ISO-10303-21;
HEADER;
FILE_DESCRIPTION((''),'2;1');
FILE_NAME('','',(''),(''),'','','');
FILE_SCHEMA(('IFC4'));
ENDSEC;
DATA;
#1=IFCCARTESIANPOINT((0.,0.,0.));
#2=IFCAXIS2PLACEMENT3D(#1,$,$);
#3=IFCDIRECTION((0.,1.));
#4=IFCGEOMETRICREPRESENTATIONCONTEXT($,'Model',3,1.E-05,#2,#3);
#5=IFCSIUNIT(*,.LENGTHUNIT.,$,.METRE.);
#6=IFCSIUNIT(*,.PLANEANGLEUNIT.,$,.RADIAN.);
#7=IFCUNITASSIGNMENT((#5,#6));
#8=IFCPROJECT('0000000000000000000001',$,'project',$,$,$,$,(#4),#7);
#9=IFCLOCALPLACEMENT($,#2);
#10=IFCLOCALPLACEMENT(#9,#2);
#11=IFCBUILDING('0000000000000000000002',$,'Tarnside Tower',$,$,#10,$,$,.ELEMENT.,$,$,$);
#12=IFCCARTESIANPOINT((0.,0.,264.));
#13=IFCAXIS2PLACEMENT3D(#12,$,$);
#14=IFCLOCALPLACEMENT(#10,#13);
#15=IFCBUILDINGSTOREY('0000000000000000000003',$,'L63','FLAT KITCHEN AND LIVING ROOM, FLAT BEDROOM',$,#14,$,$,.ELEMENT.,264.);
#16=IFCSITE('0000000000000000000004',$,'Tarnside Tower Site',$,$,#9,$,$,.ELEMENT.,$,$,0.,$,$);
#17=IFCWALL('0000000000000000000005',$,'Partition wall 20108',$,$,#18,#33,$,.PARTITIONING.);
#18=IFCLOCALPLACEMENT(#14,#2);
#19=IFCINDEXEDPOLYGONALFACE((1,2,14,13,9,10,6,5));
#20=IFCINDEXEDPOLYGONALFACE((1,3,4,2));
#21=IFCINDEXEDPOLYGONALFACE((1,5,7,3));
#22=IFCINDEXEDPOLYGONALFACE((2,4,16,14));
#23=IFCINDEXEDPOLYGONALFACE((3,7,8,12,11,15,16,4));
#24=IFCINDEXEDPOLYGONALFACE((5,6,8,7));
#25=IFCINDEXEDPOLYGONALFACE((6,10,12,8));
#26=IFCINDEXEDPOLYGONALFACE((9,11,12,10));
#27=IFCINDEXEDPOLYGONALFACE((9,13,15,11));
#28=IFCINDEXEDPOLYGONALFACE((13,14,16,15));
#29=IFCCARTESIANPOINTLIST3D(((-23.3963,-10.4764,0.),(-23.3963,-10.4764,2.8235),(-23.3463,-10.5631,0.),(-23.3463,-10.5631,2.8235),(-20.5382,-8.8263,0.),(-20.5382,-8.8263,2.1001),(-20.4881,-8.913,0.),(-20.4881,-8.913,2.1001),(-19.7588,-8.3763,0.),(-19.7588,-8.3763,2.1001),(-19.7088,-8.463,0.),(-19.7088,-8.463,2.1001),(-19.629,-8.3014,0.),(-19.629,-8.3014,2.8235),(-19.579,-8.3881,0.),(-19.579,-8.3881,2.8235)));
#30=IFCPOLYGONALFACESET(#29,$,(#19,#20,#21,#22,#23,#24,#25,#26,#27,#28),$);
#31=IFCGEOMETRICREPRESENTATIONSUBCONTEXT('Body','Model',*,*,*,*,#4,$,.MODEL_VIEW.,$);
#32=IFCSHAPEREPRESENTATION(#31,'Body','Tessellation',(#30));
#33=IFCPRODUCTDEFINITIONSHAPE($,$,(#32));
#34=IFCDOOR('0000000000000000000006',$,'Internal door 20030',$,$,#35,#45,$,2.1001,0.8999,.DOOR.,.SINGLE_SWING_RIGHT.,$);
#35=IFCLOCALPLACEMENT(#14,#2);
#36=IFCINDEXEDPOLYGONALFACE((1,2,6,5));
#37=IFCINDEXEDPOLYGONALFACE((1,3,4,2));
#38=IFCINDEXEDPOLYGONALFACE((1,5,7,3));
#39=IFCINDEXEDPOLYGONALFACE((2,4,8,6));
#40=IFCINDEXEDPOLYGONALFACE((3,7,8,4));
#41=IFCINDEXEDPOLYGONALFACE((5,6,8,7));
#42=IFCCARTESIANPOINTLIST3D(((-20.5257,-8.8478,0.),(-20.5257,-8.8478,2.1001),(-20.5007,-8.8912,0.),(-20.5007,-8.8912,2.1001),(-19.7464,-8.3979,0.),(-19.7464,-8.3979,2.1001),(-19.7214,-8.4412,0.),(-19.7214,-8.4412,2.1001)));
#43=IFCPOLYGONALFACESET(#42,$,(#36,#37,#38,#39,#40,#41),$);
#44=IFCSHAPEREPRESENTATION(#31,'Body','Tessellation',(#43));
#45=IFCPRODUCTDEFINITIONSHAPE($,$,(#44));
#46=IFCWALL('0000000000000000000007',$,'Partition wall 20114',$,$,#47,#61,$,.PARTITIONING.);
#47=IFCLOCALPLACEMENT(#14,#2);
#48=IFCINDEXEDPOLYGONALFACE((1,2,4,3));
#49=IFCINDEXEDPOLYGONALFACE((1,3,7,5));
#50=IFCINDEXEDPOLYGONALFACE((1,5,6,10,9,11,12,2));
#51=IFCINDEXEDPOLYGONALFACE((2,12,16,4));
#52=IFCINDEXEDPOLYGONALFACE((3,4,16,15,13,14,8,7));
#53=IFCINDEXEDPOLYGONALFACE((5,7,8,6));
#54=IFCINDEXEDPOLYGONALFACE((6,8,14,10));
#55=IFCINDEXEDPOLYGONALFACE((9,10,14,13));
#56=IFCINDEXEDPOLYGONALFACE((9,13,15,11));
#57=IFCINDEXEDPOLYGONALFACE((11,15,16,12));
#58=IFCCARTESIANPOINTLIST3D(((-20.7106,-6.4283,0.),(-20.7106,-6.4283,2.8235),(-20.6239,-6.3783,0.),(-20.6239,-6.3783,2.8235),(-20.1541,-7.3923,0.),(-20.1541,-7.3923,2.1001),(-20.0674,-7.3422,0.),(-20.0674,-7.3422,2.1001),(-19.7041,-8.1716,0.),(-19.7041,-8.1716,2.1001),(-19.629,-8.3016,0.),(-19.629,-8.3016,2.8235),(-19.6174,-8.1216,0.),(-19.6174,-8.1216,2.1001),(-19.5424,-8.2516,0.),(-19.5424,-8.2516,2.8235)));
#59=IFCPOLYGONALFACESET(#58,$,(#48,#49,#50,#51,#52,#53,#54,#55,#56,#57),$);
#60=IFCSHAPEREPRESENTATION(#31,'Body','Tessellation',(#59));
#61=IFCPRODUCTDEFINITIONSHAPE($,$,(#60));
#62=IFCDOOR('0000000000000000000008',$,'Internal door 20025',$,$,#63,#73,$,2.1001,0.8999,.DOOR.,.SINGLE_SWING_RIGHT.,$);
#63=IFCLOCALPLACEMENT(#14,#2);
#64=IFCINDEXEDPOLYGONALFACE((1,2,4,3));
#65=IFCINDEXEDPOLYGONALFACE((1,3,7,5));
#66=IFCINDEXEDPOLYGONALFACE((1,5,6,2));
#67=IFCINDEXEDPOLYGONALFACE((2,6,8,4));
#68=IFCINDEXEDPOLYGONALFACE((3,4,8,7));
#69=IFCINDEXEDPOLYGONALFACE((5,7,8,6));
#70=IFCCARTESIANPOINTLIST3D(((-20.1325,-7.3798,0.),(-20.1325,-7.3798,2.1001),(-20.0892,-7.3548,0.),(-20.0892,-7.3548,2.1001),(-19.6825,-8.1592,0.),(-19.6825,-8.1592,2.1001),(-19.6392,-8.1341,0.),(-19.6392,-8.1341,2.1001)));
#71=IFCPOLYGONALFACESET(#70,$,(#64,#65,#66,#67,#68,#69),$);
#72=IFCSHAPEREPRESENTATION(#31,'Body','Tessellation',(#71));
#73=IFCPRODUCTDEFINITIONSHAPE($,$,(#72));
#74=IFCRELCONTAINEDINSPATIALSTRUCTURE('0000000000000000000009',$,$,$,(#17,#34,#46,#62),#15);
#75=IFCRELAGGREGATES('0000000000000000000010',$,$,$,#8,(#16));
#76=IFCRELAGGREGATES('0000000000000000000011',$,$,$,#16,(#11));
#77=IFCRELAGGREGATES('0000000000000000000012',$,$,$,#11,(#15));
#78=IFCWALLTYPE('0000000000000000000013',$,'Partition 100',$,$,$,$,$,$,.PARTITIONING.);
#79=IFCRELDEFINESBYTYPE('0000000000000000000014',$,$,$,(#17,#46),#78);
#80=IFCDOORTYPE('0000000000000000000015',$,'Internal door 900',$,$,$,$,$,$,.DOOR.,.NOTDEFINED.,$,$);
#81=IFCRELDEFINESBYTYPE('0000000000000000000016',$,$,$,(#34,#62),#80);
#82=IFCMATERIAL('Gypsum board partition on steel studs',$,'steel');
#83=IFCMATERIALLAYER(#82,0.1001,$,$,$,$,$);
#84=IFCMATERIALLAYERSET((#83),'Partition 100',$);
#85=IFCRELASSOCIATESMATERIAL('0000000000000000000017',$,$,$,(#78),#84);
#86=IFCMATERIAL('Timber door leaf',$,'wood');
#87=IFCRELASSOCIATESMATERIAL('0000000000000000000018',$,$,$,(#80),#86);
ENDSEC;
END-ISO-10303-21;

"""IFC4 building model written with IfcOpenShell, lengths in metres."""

from ifc_helpers import new_model, si_unit, direction, frame, frame_2d, origin, place, context, subcontext, project, spatial, rectangle, extrude, material, layer, layer_set, type_object, element, fill, save


model = new_model("IFC4")

# Units and contexts
model_context = context("Model", 3, precision=1e-05, world=origin(), true_north=direction((0.0, 1.0)))
body_context = subcontext(model_context, "Body", "Model", "MODEL_VIEW")
ifc_project = project(units=[si_unit("LENGTHUNIT", "METRE"), si_unit("PLANEANGLEUNIT", "RADIAN")], contexts=[model_context])

# Site, building, storey
site_placement = place(None, origin())
site = spatial("IfcSite", under=ifc_project, at=site_placement, Name="Tarnside Tower Site", CompositionType="ELEMENT", RefElevation=0.0)
building_placement = place(site_placement, origin())
building = spatial("IfcBuilding", under=site, at=building_placement, Name="Tarnside Tower", CompositionType="ELEMENT")
storey_placement = place(building_placement, frame((0.0, 0.0, 264.0)))
storey = spatial("IfcBuildingStorey", under=building, at=storey_placement, Name="L63", Description="FLAT KITCHEN AND LIVING ROOM, FLAT BEDROOM", CompositionType="ELEMENT", Elevation=264.0)

# Shared definitions
ifc_material_1 = material(Name="Gypsum board partition on steel studs", Category="steel")

# Shared definitions
ifc_material_2 = material(Name="Timber door leaf", Category="wood")

# Walls, openings, doors
ifc_layer_1 = layer(ifc_material_1, 0.1001)
ifc_layer_set_1 = layer_set([ifc_layer_1], Name="Partition 100")
wall_type_1 = type_object("IfcWallType", Name="Partition 100", PredefinedType="PARTITIONING", material=ifc_layer_set_1)
wall_1_placement = place(storey_placement, frame((-19.604, -8.3447, 0.0), z_axis=(0.0, 0.0, 1.0), x_axis=(-0.866028, -0.499996, 0.0)))
wall_1 = element("IfcWall", 1, at=wall_1_placement, inside=storey, type_object=wall_type_1, Name="Partition wall 20108", PredefinedType="PARTITIONING", context=body_context, shape_type="SweptSolid", body=[
    extrude(rectangle(XDim=4.3501, YDim=0.1001, at=frame_2d((2.175, 0.0))), origin(), (0.0, 0.0, 1.0), 2.8235),
])
opening_1_placement = place(wall_1_placement, frame((0.1499, 0.0, 0.0)))
opening_1 = element("IfcOpeningElement", 2, at=opening_1_placement, cuts=wall_1, PredefinedType="OPENING", context=body_context, shape_type="SweptSolid", body=[
    extrude(rectangle(XDim=0.8999, YDim=2.1001, at=frame_2d((0.45, 1.05))), frame((0.0, 0.0601, 0.0), z_axis=(0.0, -1.0, 0.0), x_axis=(1.0, 0.0, 0.0)), (0.0, 0.0, 1.0), 0.1201),
])
door_type_1 = type_object("IfcDoorType", Name="Internal door 900", OperationType="NOTDEFINED", PredefinedType="DOOR", material=ifc_material_2)
door_1_placement = place(opening_1_placement, origin())
door_1 = element("IfcDoor", 3, at=door_1_placement, inside=storey, type_object=door_type_1, Name="Internal door 20030", OperationType="SINGLE_SWING_RIGHT", OverallHeight=2.1001, OverallWidth=0.8999, PredefinedType="DOOR", context=body_context, shape_type="SweptSolid", body=[
    extrude(rectangle(XDim=0.8999, YDim=2.1001, at=frame_2d((0.45, 1.05))), frame((0.0, 0.0249, 0.0), z_axis=(0.0, -1.0, 0.0), x_axis=(1.0, 0.0, 0.0)), (0.0, 0.0, 1.0), 0.05),
])
fill(opening_1, door_1)
wall_2_placement = place(storey_placement, frame((-20.6672, -6.4033, 0.0), z_axis=(0.0, 0.0, 1.0), x_axis=(0.499999, -0.866026, 0.0)))
wall_2 = element("IfcWall", 4, at=wall_2_placement, inside=storey, type_object=wall_type_1, Name="Partition wall 20114", PredefinedType="PARTITIONING", context=body_context, shape_type="SweptSolid", body=[
    extrude(rectangle(XDim=2.1631, YDim=0.1001, at=frame_2d((1.0815, 0.0))), origin(), (0.0, 0.0, 1.0), 2.8235),
])
opening_2_placement = place(wall_2_placement, frame((1.113, 0.0, 0.0)))
opening_2 = element("IfcOpeningElement", 5, at=opening_2_placement, cuts=wall_2, PredefinedType="OPENING", context=body_context, shape_type="SweptSolid", body=[
    extrude(rectangle(XDim=0.8999, YDim=2.1001, at=frame_2d((0.45, 1.05))), frame((0.0, 0.0601, 0.0), z_axis=(0.0, -1.0, 0.0), x_axis=(1.0, 0.0, 0.0)), (0.0, 0.0, 1.0), 0.1201),
])
door_2_placement = place(opening_2_placement, origin())
door_2 = element("IfcDoor", 6, at=door_2_placement, inside=storey, type_object=door_type_1, Name="Internal door 20025", OperationType="SINGLE_SWING_RIGHT", OverallHeight=2.1001, OverallWidth=0.8999, PredefinedType="DOOR", context=body_context, shape_type="SweptSolid", body=[
    extrude(rectangle(XDim=0.8999, YDim=2.1001, at=frame_2d((0.45, 1.05))), frame((0.0, 0.0249, 0.0), z_axis=(0.0, -1.0, 0.0), x_axis=(1.0, 0.0, 0.0)), (0.0, 0.0, 1.0), 0.05),
])
fill(opening_2, door_2)

save(model, "model.ifc")
